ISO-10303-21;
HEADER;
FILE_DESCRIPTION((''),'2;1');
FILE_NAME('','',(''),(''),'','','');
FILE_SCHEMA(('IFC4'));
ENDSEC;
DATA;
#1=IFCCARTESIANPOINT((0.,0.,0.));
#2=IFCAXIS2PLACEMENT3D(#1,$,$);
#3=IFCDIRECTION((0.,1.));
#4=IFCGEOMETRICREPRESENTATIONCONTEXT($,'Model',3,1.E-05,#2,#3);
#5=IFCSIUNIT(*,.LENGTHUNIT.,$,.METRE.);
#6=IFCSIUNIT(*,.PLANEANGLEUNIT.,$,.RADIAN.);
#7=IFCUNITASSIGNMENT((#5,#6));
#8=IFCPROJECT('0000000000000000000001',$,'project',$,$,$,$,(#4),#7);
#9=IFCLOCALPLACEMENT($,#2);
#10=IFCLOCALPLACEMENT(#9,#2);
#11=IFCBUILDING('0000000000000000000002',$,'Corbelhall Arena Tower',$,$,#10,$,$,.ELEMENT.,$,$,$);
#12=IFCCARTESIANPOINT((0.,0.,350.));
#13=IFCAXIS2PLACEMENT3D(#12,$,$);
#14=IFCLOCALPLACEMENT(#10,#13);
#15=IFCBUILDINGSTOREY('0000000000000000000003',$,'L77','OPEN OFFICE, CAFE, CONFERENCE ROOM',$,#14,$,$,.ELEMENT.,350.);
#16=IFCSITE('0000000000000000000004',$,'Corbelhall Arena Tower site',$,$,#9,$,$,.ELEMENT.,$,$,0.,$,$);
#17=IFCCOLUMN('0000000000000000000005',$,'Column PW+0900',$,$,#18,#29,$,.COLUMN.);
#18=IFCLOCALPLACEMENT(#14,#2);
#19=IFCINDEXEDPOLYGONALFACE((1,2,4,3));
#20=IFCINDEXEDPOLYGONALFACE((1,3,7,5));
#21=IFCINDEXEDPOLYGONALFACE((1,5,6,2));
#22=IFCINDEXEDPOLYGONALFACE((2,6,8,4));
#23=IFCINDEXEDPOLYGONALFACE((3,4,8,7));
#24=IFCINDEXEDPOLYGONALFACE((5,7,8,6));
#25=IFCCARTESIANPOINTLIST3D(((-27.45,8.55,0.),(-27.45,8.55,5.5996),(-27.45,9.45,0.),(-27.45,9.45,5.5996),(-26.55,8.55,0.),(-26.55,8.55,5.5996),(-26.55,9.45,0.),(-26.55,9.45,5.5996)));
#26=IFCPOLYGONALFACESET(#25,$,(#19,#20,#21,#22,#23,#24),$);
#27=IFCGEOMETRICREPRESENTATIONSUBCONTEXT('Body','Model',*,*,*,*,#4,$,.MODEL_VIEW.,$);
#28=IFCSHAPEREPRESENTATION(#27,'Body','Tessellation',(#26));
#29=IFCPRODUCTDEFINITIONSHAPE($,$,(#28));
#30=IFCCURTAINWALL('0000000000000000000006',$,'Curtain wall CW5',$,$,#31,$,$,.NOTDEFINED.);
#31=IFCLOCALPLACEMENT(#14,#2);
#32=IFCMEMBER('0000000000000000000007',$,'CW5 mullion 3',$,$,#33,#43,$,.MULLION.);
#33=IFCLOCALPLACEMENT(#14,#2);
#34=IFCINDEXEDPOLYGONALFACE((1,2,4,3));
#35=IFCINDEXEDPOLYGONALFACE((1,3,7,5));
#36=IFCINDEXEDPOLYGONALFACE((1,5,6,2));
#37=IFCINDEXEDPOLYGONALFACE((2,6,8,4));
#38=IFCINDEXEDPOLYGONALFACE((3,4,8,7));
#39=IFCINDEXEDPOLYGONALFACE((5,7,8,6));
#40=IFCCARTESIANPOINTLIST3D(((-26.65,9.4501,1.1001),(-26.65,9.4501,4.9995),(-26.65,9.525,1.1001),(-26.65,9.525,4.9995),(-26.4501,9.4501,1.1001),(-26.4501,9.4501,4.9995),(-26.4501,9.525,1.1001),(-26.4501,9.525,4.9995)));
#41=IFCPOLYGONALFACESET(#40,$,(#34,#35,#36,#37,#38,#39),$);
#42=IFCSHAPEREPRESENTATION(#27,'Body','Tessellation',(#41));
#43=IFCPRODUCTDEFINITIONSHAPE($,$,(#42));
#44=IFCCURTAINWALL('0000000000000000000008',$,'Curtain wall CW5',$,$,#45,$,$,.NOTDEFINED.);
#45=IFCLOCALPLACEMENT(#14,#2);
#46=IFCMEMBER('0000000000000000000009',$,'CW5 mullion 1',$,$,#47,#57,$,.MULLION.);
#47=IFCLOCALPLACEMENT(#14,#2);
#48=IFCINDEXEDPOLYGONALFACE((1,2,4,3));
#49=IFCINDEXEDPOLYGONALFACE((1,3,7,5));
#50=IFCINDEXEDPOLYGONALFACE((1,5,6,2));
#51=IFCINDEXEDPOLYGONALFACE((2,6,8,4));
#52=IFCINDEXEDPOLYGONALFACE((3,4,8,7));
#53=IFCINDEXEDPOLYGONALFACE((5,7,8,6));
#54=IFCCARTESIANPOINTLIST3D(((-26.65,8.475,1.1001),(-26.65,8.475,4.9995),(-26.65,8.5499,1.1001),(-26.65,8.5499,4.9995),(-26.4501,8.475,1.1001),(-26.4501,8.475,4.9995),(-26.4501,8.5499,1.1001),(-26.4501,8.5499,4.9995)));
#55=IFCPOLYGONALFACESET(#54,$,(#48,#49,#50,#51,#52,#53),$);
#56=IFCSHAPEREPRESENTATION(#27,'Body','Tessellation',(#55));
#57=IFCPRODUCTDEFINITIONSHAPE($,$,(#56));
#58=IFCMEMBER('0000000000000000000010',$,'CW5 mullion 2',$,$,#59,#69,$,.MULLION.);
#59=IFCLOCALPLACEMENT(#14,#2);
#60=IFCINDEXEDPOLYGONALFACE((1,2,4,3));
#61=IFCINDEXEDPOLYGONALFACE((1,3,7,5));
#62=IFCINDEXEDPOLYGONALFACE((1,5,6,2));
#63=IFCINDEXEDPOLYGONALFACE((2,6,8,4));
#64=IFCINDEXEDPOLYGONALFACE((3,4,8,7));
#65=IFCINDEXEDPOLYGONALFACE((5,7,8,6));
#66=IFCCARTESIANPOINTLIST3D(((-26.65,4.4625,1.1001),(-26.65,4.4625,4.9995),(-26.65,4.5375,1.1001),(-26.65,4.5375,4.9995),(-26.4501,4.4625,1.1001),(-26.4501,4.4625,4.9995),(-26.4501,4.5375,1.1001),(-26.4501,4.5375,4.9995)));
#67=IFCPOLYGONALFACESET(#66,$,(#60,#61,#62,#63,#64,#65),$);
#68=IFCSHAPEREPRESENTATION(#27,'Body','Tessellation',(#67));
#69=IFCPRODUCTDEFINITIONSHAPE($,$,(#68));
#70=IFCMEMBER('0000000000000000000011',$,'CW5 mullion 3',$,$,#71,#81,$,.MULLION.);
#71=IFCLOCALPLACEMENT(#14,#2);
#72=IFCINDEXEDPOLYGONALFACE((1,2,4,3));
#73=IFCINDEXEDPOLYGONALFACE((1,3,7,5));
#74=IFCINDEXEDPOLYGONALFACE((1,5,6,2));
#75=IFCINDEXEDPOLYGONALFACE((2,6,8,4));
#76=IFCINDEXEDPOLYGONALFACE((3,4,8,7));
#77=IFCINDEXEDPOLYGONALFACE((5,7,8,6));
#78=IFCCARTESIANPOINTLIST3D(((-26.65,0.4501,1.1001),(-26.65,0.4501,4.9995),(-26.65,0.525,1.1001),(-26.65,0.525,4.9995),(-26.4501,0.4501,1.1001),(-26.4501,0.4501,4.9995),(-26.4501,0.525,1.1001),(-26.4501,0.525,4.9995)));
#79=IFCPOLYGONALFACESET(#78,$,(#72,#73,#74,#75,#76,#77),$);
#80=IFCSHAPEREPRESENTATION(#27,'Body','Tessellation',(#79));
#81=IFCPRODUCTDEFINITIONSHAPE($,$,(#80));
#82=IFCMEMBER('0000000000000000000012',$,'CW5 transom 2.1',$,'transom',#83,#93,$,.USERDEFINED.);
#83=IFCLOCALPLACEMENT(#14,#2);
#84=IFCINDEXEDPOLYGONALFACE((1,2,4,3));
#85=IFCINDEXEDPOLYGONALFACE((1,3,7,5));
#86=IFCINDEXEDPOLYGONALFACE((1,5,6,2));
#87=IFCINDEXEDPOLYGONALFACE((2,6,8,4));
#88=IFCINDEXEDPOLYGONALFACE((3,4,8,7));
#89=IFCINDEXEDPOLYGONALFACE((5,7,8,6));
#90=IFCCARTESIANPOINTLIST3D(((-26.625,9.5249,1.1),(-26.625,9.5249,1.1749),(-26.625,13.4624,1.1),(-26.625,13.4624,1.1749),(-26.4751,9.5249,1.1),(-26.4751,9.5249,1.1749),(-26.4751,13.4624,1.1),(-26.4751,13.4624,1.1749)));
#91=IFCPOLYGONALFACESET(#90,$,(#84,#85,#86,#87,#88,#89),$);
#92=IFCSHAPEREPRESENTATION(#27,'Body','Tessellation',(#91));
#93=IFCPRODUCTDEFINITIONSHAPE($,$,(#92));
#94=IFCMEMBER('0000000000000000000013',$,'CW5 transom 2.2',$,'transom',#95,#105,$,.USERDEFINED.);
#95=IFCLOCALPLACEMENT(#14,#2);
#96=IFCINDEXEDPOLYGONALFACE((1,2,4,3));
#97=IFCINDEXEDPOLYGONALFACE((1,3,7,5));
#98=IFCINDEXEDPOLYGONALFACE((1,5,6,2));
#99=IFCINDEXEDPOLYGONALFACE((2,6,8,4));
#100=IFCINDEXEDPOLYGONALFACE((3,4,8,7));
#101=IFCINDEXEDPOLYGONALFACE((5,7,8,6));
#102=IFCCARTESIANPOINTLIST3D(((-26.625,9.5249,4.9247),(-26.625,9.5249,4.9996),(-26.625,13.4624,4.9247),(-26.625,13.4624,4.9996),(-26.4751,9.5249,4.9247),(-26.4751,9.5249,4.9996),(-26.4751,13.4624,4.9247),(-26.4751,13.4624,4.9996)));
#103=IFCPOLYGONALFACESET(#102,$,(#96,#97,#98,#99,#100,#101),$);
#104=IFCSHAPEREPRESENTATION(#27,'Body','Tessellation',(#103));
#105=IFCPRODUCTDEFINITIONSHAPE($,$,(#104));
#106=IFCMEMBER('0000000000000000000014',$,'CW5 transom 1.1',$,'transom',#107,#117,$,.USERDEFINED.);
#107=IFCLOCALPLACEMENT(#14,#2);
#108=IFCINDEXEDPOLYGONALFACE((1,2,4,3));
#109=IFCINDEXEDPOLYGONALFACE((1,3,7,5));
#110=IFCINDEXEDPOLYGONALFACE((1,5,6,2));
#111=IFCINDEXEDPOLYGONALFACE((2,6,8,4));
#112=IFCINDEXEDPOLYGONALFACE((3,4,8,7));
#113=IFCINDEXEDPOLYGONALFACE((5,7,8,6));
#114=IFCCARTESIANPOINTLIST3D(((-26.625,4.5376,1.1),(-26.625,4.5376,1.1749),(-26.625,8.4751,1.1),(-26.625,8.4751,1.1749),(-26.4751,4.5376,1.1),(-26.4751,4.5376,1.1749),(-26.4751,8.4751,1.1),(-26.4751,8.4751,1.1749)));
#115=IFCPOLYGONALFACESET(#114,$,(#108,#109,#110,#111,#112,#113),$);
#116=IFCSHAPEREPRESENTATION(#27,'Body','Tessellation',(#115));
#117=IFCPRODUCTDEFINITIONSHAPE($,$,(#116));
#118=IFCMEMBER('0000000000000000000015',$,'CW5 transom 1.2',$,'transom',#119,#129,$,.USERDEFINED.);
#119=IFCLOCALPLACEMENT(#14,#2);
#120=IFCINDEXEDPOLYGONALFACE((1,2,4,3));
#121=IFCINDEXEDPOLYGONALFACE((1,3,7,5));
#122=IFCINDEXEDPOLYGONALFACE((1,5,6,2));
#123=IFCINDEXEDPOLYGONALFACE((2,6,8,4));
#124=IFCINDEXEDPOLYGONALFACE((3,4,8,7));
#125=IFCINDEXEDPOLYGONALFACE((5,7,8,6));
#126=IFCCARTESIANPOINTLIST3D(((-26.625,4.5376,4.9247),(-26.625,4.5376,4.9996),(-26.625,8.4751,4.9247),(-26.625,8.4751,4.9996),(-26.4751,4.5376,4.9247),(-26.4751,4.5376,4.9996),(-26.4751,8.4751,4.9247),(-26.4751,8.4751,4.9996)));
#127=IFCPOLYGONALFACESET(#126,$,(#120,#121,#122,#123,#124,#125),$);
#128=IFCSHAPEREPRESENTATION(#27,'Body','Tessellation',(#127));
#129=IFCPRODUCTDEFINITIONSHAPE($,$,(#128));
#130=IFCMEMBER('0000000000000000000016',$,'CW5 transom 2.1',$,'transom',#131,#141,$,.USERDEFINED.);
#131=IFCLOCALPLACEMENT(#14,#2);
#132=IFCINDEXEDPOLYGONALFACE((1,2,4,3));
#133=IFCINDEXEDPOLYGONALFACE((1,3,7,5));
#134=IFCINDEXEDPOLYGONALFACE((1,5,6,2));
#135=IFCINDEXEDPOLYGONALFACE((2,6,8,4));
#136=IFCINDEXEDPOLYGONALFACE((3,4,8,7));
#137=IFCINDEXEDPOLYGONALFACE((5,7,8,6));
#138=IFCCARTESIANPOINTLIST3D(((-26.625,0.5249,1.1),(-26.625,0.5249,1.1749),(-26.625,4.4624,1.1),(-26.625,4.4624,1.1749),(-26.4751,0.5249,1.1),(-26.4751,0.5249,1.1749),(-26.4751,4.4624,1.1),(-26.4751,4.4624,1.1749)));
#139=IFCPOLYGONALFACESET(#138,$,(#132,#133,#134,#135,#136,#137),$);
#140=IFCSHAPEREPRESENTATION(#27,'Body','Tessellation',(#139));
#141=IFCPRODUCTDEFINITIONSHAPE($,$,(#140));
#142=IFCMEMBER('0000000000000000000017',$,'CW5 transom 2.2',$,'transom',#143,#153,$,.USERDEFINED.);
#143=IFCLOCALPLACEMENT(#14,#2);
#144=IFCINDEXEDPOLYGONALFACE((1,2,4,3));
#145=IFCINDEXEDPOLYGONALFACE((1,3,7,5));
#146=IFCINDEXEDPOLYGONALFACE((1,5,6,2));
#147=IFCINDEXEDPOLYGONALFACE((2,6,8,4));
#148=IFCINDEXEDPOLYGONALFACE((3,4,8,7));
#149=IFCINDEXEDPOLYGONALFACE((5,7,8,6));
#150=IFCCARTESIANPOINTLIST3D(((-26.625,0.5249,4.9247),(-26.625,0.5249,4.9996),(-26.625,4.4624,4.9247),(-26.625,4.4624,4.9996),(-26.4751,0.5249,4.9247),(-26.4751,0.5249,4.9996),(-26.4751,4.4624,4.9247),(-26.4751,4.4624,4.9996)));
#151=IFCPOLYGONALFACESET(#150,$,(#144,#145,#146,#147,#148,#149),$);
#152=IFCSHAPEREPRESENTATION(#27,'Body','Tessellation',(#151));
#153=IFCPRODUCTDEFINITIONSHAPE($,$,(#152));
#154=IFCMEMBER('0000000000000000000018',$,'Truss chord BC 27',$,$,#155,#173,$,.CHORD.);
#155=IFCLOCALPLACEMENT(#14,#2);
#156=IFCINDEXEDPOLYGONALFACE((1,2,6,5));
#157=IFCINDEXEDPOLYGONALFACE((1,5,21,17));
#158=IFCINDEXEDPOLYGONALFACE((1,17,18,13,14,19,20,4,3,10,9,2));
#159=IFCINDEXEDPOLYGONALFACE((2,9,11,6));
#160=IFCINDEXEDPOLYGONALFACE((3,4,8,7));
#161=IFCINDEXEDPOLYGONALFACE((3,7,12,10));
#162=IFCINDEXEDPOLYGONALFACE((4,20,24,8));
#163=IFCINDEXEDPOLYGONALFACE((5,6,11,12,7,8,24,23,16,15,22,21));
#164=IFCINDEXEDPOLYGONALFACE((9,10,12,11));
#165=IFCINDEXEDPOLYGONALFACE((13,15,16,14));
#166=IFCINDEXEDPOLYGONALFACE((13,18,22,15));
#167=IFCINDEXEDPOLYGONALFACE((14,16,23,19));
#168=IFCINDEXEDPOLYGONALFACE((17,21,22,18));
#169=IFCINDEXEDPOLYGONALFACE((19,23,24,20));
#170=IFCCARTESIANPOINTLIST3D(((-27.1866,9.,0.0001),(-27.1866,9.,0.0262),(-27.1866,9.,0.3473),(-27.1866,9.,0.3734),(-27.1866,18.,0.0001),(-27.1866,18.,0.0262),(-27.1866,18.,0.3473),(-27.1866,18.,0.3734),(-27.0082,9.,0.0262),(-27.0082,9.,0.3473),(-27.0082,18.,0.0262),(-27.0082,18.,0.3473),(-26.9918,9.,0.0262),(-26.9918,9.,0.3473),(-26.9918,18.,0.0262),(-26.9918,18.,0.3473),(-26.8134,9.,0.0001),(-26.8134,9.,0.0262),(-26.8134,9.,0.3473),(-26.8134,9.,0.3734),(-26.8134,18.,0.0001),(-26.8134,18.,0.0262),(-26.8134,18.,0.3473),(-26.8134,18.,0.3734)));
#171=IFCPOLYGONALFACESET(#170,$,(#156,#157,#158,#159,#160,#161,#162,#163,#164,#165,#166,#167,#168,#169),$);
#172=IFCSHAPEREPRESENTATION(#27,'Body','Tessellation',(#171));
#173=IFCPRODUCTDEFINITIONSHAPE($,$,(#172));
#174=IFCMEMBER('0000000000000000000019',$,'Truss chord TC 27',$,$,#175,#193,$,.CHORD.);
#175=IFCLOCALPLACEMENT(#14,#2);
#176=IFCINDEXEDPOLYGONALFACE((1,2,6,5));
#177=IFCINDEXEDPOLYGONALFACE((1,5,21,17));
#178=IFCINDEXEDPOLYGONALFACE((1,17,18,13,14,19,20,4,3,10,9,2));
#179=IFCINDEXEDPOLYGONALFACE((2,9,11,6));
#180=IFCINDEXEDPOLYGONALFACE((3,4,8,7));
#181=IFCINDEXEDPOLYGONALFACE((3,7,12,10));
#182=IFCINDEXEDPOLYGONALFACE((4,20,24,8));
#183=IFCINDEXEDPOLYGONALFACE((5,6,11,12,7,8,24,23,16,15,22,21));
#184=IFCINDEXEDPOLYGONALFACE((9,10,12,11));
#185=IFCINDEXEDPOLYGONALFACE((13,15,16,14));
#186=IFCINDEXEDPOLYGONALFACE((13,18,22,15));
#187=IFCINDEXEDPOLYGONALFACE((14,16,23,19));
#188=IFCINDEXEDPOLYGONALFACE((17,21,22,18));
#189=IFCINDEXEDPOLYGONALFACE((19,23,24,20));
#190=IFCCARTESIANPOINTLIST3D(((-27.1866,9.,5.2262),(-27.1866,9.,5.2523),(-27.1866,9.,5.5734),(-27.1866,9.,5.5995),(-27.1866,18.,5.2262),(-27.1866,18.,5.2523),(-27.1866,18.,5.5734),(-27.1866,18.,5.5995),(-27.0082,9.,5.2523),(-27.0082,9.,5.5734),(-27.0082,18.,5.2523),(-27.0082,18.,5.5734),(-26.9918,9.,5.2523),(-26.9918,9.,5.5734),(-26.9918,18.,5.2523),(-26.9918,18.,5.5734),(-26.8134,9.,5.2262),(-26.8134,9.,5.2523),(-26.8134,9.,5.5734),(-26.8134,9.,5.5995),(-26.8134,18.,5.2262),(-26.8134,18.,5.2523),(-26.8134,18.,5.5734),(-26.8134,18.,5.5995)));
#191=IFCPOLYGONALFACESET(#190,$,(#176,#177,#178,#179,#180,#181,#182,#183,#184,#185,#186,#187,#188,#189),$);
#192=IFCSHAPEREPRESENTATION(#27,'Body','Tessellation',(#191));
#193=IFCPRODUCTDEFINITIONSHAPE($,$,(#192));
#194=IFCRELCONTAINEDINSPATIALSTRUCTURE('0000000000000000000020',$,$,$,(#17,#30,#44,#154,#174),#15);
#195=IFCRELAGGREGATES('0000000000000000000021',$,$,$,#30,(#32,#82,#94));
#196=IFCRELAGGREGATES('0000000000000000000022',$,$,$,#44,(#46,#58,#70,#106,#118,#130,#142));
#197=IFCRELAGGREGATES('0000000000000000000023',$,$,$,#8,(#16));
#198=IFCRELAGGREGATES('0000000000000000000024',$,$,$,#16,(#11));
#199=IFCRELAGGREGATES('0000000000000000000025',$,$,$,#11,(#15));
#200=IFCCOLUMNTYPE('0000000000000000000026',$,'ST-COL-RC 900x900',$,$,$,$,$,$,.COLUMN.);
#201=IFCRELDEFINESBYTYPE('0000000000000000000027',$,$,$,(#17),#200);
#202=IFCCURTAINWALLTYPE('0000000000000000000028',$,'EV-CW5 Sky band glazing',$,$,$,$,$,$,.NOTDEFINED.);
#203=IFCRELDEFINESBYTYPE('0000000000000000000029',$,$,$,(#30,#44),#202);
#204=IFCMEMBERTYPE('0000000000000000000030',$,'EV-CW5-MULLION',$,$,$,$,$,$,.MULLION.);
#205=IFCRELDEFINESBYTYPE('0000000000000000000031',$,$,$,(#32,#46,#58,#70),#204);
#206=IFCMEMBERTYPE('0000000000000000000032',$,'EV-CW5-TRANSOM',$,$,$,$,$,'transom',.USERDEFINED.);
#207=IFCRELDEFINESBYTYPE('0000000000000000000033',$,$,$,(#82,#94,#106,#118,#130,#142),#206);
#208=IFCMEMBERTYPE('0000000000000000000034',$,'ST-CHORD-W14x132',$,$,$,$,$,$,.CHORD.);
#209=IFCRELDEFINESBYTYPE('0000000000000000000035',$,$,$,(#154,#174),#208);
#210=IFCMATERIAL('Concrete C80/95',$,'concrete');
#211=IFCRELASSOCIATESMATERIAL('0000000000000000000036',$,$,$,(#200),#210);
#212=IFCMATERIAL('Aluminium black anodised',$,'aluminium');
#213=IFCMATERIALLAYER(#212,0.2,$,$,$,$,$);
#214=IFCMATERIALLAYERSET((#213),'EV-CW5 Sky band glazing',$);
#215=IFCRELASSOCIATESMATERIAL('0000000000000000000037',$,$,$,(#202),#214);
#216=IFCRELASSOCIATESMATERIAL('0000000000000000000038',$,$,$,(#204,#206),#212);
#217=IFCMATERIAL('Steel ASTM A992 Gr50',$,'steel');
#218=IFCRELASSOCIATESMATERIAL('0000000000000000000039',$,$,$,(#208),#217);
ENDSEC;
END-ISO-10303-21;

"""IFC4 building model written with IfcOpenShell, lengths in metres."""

from ifc_helpers import new_model, si_unit, direction, frame, origin, origin_2d, place, context, subcontext, project, spatial, rectangle, i_section, extrude, material, layer, layer_set, material_profile, profile_set, type_object, element, aggregate, save


model = new_model("IFC4")

# Units and contexts
model_context = context("Model", 3, precision=1e-05, world=origin(), true_north=direction((0.0, 1.0)))
body_context = subcontext(model_context, "Body", "Model", "MODEL_VIEW")
ifc_project = project(units=[si_unit("LENGTHUNIT", "METRE"), si_unit("PLANEANGLEUNIT", "RADIAN")], contexts=[model_context])

# Site, building, storey
site_placement = place(None, origin())
site = spatial("IfcSite", under=ifc_project, at=site_placement, Name="Corbelhall Arena Tower site", CompositionType="ELEMENT", RefElevation=0.0)
building_placement = place(site_placement, origin())
building = spatial("IfcBuilding", under=site, at=building_placement, Name="Corbelhall Arena Tower", CompositionType="ELEMENT")
storey_placement = place(building_placement, frame((0.0, 0.0, 350.0)))
storey = spatial("IfcBuildingStorey", under=building, at=storey_placement, Name="L77", Description="OPEN OFFICE, CAFE, CONFERENCE ROOM", CompositionType="ELEMENT", Elevation=350.0)

# Column
ifc_material_1 = material(Name="Concrete C80/95", Category="concrete")
ifc_material_profile_1 = material_profile(ifc_material_1, rectangle(XDim=0.8999, YDim=0.8999, at=origin_2d()))
ifc_profile_set_1 = profile_set([ifc_material_profile_1], Name="Concrete C80/95")
column_type = type_object("IfcColumnType", Name="ST-COL-RC 900x900", PredefinedType="COLUMN", material=ifc_profile_set_1)
column_placement = place(storey_placement, frame((-27.0, 9.0, 0.0), z_axis=(0.0, 0.0, 1.0), x_axis=(0.0, 1.0, 0.0)))
element("IfcColumn", 1, at=column_placement, inside=storey, type_object=column_type, Name="Column PW+0900", PredefinedType="COLUMN", context=body_context, shape_type="SweptSolid", body=[
    extrude(rectangle(XDim=0.8999, YDim=0.8999, at=origin_2d()), origin(), (0.0, 0.0, 1.0), 5.5996),
])

# Curtain wall, member
ifc_material_2 = material(Name="Aluminium black anodised", Category="aluminium")
ifc_layer_1 = layer(ifc_material_2, 0.2)
ifc_layer_set_1 = layer_set([ifc_layer_1], Name="EV-CW5 Sky band glazing")
curtain_wall_type = type_object("IfcCurtainWallType", Name="EV-CW5 Sky band glazing", PredefinedType="NOTDEFINED", material=ifc_layer_set_1)
curtain_wall_1_placement = place(storey_placement, origin())
curtain_wall_1 = element("IfcCurtainWall", 2, at=curtain_wall_1_placement, inside=storey, type_object=curtain_wall_type, Name="Curtain wall CW5", PredefinedType="NOTDEFINED")
ifc_material_profile_2 = material_profile(ifc_material_2, rectangle(XDim=0.2, YDim=0.075, at=origin_2d()))
ifc_profile_set_2 = profile_set([ifc_material_profile_2], Name="Aluminium black anodised")
member_type_1 = type_object("IfcMemberType", Name="EV-CW5-MULLION", PredefinedType="MULLION", material=ifc_profile_set_2)
member_1_placement = place(storey_placement, frame((-26.55, 9.4875, 1.1001), z_axis=(0.0, 0.0, 1.0), x_axis=(1.0, 0.0, 0.0)))
member_1 = element("IfcMember", 3, at=member_1_placement, type_object=member_type_1, Name="CW5 mullion 3", PredefinedType="MULLION", context=body_context, shape_type="SweptSolid", body=[
    extrude(rectangle(XDim=0.2, YDim=0.075, at=origin_2d()), origin(), (0.0, 0.0, 1.0), 3.8994),
])

# Curtain wall, members
curtain_wall_2_placement = place(storey_placement, origin())
curtain_wall_2 = element("IfcCurtainWall", 4, at=curtain_wall_2_placement, inside=storey, type_object=curtain_wall_type, Name="Curtain wall CW5", PredefinedType="NOTDEFINED")
member_2_placement = place(storey_placement, frame((-26.55, 8.5125, 1.1001), z_axis=(0.0, 0.0, 1.0), x_axis=(1.0, 0.0, 0.0)))
member_2 = element("IfcMember", 5, at=member_2_placement, type_object=member_type_1, Name="CW5 mullion 1", PredefinedType="MULLION", context=body_context, shape_type="SweptSolid", body=[
    extrude(rectangle(XDim=0.2, YDim=0.075, at=origin_2d()), origin(), (0.0, 0.0, 1.0), 3.8994),
])
member_3_placement = place(storey_placement, frame((-26.55, 4.5, 1.1001), z_axis=(0.0, 0.0, 1.0), x_axis=(1.0, 0.0, 0.0)))
member_3 = element("IfcMember", 6, at=member_3_placement, type_object=member_type_1, Name="CW5 mullion 2", PredefinedType="MULLION", context=body_context, shape_type="SweptSolid", body=[
    extrude(rectangle(XDim=0.2, YDim=0.075, at=origin_2d()), origin(), (0.0, 0.0, 1.0), 3.8994),
])
member_4_placement = place(storey_placement, frame((-26.55, 0.4875, 1.1001), z_axis=(0.0, 0.0, 1.0), x_axis=(1.0, 0.0, 0.0)))
member_4 = element("IfcMember", 7, at=member_4_placement, type_object=member_type_1, Name="CW5 mullion 3", PredefinedType="MULLION", context=body_context, shape_type="SweptSolid", body=[
    extrude(rectangle(XDim=0.2, YDim=0.075, at=origin_2d()), origin(), (0.0, 0.0, 1.0), 3.8994),
])

# Members
ifc_material_profile_3 = material_profile(ifc_material_2, rectangle(XDim=0.1499, YDim=0.075, at=origin_2d()))
ifc_profile_set_3 = profile_set([ifc_material_profile_3], Name="Aluminium black anodised")
member_type_2 = type_object("IfcMemberType", Name="EV-CW5-TRANSOM", ElementType="transom", PredefinedType="USERDEFINED", material=ifc_profile_set_3)
member_5_placement = place(storey_placement, frame((-26.55, 13.4624, 1.1375), z_axis=(0.0, -1.0, 0.0), x_axis=(1.0, 0.0, 0.0)))
member_5 = element("IfcMember", 8, at=member_5_placement, type_object=member_type_2, Name="CW5 transom 2.1", ObjectType="transom", PredefinedType="USERDEFINED", context=body_context, shape_type="SweptSolid", body=[
    extrude(rectangle(XDim=0.1499, YDim=0.075, at=origin_2d()), origin(), (0.0, 0.0, 1.0), 3.9375),
])
member_6_placement = place(storey_placement, frame((-26.55, 13.4624, 4.9622), z_axis=(0.0, -1.0, 0.0), x_axis=(1.0, 0.0, 0.0)))
member_6 = element("IfcMember", 9, at=member_6_placement, type_object=member_type_2, Name="CW5 transom 2.2", ObjectType="transom", PredefinedType="USERDEFINED", context=body_context, shape_type="SweptSolid", body=[
    extrude(rectangle(XDim=0.1499, YDim=0.075, at=origin_2d()), origin(), (0.0, 0.0, 1.0), 3.9375),
])
member_7_placement = place(storey_placement, frame((-26.55, 8.4751, 1.1375), z_axis=(0.0, -1.0, 0.0), x_axis=(1.0, 0.0, 0.0)))
member_7 = element("IfcMember", 10, at=member_7_placement, type_object=member_type_2, Name="CW5 transom 1.1", ObjectType="transom", PredefinedType="USERDEFINED", context=body_context, shape_type="SweptSolid", body=[
    extrude(rectangle(XDim=0.1499, YDim=0.075, at=origin_2d()), origin(), (0.0, 0.0, 1.0), 3.9375),
])
member_8_placement = place(storey_placement, frame((-26.55, 8.4751, 4.9622), z_axis=(0.0, -1.0, 0.0), x_axis=(1.0, 0.0, 0.0)))
member_8 = element("IfcMember", 11, at=member_8_placement, type_object=member_type_2, Name="CW5 transom 1.2", ObjectType="transom", PredefinedType="USERDEFINED", context=body_context, shape_type="SweptSolid", body=[
    extrude(rectangle(XDim=0.1499, YDim=0.075, at=origin_2d()), origin(), (0.0, 0.0, 1.0), 3.9375),
])
member_9_placement = place(storey_placement, frame((-26.55, 4.4624, 1.1375), z_axis=(0.0, -1.0, 0.0), x_axis=(1.0, 0.0, 0.0)))
member_9 = element("IfcMember", 12, at=member_9_placement, type_object=member_type_2, Name="CW5 transom 2.1", ObjectType="transom", PredefinedType="USERDEFINED", context=body_context, shape_type="SweptSolid", body=[
    extrude(rectangle(XDim=0.1499, YDim=0.075, at=origin_2d()), origin(), (0.0, 0.0, 1.0), 3.9375),
])
member_10_placement = place(storey_placement, frame((-26.55, 4.4624, 4.9622), z_axis=(0.0, -1.0, 0.0), x_axis=(1.0, 0.0, 0.0)))
member_10 = element("IfcMember", 13, at=member_10_placement, type_object=member_type_2, Name="CW5 transom 2.2", ObjectType="transom", PredefinedType="USERDEFINED", context=body_context, shape_type="SweptSolid", body=[
    extrude(rectangle(XDim=0.1499, YDim=0.075, at=origin_2d()), origin(), (0.0, 0.0, 1.0), 3.9375),
])

# Members
ifc_material_3 = material(Name="Steel ASTM A992 Gr50", Category="steel")
ifc_material_profile_4 = material_profile(ifc_material_3, i_section(OverallWidth=0.3733, OverallDepth=0.3733, WebThickness=0.0164, FlangeThickness=0.0261, at=origin_2d()))
ifc_profile_set_4 = profile_set([ifc_material_profile_4], Name="Steel ASTM A992 Gr50")
member_type_3 = type_object("IfcMemberType", Name="ST-CHORD-W14x132", PredefinedType="CHORD", material=ifc_profile_set_4)
for number, where, z_axis, x_axis, name in (
    (14, (-27.0, 9.0, 0.1868), (0.0, 1.0, 0.0), (-1.0, 0.0, 0.0), "Truss chord BC 27"),
    (15, (-27.0, 9.0, 5.4128), (0.0, 1.0, 0.0), (-1.0, 0.0, 0.0), "Truss chord TC 27"),
):
    element("IfcMember", number, at=place(storey_placement, frame(where, z_axis=z_axis, x_axis=x_axis)), inside=storey, type_object=member_type_3, Name=name, PredefinedType="CHORD", context=body_context, shape_type="SweptSolid", body=[
        extrude(i_section(OverallWidth=0.3733, OverallDepth=0.3733, WebThickness=0.0164, FlangeThickness=0.0261, at=origin_2d()), origin(), (0.0, 0.0, 1.0), 9.0),
    ])

aggregate(curtain_wall_1, [member_1, member_5, member_6])
aggregate(curtain_wall_2, [member_2, member_3, member_4, member_7, member_8, member_9, member_10])

save(model, "model.ifc")
